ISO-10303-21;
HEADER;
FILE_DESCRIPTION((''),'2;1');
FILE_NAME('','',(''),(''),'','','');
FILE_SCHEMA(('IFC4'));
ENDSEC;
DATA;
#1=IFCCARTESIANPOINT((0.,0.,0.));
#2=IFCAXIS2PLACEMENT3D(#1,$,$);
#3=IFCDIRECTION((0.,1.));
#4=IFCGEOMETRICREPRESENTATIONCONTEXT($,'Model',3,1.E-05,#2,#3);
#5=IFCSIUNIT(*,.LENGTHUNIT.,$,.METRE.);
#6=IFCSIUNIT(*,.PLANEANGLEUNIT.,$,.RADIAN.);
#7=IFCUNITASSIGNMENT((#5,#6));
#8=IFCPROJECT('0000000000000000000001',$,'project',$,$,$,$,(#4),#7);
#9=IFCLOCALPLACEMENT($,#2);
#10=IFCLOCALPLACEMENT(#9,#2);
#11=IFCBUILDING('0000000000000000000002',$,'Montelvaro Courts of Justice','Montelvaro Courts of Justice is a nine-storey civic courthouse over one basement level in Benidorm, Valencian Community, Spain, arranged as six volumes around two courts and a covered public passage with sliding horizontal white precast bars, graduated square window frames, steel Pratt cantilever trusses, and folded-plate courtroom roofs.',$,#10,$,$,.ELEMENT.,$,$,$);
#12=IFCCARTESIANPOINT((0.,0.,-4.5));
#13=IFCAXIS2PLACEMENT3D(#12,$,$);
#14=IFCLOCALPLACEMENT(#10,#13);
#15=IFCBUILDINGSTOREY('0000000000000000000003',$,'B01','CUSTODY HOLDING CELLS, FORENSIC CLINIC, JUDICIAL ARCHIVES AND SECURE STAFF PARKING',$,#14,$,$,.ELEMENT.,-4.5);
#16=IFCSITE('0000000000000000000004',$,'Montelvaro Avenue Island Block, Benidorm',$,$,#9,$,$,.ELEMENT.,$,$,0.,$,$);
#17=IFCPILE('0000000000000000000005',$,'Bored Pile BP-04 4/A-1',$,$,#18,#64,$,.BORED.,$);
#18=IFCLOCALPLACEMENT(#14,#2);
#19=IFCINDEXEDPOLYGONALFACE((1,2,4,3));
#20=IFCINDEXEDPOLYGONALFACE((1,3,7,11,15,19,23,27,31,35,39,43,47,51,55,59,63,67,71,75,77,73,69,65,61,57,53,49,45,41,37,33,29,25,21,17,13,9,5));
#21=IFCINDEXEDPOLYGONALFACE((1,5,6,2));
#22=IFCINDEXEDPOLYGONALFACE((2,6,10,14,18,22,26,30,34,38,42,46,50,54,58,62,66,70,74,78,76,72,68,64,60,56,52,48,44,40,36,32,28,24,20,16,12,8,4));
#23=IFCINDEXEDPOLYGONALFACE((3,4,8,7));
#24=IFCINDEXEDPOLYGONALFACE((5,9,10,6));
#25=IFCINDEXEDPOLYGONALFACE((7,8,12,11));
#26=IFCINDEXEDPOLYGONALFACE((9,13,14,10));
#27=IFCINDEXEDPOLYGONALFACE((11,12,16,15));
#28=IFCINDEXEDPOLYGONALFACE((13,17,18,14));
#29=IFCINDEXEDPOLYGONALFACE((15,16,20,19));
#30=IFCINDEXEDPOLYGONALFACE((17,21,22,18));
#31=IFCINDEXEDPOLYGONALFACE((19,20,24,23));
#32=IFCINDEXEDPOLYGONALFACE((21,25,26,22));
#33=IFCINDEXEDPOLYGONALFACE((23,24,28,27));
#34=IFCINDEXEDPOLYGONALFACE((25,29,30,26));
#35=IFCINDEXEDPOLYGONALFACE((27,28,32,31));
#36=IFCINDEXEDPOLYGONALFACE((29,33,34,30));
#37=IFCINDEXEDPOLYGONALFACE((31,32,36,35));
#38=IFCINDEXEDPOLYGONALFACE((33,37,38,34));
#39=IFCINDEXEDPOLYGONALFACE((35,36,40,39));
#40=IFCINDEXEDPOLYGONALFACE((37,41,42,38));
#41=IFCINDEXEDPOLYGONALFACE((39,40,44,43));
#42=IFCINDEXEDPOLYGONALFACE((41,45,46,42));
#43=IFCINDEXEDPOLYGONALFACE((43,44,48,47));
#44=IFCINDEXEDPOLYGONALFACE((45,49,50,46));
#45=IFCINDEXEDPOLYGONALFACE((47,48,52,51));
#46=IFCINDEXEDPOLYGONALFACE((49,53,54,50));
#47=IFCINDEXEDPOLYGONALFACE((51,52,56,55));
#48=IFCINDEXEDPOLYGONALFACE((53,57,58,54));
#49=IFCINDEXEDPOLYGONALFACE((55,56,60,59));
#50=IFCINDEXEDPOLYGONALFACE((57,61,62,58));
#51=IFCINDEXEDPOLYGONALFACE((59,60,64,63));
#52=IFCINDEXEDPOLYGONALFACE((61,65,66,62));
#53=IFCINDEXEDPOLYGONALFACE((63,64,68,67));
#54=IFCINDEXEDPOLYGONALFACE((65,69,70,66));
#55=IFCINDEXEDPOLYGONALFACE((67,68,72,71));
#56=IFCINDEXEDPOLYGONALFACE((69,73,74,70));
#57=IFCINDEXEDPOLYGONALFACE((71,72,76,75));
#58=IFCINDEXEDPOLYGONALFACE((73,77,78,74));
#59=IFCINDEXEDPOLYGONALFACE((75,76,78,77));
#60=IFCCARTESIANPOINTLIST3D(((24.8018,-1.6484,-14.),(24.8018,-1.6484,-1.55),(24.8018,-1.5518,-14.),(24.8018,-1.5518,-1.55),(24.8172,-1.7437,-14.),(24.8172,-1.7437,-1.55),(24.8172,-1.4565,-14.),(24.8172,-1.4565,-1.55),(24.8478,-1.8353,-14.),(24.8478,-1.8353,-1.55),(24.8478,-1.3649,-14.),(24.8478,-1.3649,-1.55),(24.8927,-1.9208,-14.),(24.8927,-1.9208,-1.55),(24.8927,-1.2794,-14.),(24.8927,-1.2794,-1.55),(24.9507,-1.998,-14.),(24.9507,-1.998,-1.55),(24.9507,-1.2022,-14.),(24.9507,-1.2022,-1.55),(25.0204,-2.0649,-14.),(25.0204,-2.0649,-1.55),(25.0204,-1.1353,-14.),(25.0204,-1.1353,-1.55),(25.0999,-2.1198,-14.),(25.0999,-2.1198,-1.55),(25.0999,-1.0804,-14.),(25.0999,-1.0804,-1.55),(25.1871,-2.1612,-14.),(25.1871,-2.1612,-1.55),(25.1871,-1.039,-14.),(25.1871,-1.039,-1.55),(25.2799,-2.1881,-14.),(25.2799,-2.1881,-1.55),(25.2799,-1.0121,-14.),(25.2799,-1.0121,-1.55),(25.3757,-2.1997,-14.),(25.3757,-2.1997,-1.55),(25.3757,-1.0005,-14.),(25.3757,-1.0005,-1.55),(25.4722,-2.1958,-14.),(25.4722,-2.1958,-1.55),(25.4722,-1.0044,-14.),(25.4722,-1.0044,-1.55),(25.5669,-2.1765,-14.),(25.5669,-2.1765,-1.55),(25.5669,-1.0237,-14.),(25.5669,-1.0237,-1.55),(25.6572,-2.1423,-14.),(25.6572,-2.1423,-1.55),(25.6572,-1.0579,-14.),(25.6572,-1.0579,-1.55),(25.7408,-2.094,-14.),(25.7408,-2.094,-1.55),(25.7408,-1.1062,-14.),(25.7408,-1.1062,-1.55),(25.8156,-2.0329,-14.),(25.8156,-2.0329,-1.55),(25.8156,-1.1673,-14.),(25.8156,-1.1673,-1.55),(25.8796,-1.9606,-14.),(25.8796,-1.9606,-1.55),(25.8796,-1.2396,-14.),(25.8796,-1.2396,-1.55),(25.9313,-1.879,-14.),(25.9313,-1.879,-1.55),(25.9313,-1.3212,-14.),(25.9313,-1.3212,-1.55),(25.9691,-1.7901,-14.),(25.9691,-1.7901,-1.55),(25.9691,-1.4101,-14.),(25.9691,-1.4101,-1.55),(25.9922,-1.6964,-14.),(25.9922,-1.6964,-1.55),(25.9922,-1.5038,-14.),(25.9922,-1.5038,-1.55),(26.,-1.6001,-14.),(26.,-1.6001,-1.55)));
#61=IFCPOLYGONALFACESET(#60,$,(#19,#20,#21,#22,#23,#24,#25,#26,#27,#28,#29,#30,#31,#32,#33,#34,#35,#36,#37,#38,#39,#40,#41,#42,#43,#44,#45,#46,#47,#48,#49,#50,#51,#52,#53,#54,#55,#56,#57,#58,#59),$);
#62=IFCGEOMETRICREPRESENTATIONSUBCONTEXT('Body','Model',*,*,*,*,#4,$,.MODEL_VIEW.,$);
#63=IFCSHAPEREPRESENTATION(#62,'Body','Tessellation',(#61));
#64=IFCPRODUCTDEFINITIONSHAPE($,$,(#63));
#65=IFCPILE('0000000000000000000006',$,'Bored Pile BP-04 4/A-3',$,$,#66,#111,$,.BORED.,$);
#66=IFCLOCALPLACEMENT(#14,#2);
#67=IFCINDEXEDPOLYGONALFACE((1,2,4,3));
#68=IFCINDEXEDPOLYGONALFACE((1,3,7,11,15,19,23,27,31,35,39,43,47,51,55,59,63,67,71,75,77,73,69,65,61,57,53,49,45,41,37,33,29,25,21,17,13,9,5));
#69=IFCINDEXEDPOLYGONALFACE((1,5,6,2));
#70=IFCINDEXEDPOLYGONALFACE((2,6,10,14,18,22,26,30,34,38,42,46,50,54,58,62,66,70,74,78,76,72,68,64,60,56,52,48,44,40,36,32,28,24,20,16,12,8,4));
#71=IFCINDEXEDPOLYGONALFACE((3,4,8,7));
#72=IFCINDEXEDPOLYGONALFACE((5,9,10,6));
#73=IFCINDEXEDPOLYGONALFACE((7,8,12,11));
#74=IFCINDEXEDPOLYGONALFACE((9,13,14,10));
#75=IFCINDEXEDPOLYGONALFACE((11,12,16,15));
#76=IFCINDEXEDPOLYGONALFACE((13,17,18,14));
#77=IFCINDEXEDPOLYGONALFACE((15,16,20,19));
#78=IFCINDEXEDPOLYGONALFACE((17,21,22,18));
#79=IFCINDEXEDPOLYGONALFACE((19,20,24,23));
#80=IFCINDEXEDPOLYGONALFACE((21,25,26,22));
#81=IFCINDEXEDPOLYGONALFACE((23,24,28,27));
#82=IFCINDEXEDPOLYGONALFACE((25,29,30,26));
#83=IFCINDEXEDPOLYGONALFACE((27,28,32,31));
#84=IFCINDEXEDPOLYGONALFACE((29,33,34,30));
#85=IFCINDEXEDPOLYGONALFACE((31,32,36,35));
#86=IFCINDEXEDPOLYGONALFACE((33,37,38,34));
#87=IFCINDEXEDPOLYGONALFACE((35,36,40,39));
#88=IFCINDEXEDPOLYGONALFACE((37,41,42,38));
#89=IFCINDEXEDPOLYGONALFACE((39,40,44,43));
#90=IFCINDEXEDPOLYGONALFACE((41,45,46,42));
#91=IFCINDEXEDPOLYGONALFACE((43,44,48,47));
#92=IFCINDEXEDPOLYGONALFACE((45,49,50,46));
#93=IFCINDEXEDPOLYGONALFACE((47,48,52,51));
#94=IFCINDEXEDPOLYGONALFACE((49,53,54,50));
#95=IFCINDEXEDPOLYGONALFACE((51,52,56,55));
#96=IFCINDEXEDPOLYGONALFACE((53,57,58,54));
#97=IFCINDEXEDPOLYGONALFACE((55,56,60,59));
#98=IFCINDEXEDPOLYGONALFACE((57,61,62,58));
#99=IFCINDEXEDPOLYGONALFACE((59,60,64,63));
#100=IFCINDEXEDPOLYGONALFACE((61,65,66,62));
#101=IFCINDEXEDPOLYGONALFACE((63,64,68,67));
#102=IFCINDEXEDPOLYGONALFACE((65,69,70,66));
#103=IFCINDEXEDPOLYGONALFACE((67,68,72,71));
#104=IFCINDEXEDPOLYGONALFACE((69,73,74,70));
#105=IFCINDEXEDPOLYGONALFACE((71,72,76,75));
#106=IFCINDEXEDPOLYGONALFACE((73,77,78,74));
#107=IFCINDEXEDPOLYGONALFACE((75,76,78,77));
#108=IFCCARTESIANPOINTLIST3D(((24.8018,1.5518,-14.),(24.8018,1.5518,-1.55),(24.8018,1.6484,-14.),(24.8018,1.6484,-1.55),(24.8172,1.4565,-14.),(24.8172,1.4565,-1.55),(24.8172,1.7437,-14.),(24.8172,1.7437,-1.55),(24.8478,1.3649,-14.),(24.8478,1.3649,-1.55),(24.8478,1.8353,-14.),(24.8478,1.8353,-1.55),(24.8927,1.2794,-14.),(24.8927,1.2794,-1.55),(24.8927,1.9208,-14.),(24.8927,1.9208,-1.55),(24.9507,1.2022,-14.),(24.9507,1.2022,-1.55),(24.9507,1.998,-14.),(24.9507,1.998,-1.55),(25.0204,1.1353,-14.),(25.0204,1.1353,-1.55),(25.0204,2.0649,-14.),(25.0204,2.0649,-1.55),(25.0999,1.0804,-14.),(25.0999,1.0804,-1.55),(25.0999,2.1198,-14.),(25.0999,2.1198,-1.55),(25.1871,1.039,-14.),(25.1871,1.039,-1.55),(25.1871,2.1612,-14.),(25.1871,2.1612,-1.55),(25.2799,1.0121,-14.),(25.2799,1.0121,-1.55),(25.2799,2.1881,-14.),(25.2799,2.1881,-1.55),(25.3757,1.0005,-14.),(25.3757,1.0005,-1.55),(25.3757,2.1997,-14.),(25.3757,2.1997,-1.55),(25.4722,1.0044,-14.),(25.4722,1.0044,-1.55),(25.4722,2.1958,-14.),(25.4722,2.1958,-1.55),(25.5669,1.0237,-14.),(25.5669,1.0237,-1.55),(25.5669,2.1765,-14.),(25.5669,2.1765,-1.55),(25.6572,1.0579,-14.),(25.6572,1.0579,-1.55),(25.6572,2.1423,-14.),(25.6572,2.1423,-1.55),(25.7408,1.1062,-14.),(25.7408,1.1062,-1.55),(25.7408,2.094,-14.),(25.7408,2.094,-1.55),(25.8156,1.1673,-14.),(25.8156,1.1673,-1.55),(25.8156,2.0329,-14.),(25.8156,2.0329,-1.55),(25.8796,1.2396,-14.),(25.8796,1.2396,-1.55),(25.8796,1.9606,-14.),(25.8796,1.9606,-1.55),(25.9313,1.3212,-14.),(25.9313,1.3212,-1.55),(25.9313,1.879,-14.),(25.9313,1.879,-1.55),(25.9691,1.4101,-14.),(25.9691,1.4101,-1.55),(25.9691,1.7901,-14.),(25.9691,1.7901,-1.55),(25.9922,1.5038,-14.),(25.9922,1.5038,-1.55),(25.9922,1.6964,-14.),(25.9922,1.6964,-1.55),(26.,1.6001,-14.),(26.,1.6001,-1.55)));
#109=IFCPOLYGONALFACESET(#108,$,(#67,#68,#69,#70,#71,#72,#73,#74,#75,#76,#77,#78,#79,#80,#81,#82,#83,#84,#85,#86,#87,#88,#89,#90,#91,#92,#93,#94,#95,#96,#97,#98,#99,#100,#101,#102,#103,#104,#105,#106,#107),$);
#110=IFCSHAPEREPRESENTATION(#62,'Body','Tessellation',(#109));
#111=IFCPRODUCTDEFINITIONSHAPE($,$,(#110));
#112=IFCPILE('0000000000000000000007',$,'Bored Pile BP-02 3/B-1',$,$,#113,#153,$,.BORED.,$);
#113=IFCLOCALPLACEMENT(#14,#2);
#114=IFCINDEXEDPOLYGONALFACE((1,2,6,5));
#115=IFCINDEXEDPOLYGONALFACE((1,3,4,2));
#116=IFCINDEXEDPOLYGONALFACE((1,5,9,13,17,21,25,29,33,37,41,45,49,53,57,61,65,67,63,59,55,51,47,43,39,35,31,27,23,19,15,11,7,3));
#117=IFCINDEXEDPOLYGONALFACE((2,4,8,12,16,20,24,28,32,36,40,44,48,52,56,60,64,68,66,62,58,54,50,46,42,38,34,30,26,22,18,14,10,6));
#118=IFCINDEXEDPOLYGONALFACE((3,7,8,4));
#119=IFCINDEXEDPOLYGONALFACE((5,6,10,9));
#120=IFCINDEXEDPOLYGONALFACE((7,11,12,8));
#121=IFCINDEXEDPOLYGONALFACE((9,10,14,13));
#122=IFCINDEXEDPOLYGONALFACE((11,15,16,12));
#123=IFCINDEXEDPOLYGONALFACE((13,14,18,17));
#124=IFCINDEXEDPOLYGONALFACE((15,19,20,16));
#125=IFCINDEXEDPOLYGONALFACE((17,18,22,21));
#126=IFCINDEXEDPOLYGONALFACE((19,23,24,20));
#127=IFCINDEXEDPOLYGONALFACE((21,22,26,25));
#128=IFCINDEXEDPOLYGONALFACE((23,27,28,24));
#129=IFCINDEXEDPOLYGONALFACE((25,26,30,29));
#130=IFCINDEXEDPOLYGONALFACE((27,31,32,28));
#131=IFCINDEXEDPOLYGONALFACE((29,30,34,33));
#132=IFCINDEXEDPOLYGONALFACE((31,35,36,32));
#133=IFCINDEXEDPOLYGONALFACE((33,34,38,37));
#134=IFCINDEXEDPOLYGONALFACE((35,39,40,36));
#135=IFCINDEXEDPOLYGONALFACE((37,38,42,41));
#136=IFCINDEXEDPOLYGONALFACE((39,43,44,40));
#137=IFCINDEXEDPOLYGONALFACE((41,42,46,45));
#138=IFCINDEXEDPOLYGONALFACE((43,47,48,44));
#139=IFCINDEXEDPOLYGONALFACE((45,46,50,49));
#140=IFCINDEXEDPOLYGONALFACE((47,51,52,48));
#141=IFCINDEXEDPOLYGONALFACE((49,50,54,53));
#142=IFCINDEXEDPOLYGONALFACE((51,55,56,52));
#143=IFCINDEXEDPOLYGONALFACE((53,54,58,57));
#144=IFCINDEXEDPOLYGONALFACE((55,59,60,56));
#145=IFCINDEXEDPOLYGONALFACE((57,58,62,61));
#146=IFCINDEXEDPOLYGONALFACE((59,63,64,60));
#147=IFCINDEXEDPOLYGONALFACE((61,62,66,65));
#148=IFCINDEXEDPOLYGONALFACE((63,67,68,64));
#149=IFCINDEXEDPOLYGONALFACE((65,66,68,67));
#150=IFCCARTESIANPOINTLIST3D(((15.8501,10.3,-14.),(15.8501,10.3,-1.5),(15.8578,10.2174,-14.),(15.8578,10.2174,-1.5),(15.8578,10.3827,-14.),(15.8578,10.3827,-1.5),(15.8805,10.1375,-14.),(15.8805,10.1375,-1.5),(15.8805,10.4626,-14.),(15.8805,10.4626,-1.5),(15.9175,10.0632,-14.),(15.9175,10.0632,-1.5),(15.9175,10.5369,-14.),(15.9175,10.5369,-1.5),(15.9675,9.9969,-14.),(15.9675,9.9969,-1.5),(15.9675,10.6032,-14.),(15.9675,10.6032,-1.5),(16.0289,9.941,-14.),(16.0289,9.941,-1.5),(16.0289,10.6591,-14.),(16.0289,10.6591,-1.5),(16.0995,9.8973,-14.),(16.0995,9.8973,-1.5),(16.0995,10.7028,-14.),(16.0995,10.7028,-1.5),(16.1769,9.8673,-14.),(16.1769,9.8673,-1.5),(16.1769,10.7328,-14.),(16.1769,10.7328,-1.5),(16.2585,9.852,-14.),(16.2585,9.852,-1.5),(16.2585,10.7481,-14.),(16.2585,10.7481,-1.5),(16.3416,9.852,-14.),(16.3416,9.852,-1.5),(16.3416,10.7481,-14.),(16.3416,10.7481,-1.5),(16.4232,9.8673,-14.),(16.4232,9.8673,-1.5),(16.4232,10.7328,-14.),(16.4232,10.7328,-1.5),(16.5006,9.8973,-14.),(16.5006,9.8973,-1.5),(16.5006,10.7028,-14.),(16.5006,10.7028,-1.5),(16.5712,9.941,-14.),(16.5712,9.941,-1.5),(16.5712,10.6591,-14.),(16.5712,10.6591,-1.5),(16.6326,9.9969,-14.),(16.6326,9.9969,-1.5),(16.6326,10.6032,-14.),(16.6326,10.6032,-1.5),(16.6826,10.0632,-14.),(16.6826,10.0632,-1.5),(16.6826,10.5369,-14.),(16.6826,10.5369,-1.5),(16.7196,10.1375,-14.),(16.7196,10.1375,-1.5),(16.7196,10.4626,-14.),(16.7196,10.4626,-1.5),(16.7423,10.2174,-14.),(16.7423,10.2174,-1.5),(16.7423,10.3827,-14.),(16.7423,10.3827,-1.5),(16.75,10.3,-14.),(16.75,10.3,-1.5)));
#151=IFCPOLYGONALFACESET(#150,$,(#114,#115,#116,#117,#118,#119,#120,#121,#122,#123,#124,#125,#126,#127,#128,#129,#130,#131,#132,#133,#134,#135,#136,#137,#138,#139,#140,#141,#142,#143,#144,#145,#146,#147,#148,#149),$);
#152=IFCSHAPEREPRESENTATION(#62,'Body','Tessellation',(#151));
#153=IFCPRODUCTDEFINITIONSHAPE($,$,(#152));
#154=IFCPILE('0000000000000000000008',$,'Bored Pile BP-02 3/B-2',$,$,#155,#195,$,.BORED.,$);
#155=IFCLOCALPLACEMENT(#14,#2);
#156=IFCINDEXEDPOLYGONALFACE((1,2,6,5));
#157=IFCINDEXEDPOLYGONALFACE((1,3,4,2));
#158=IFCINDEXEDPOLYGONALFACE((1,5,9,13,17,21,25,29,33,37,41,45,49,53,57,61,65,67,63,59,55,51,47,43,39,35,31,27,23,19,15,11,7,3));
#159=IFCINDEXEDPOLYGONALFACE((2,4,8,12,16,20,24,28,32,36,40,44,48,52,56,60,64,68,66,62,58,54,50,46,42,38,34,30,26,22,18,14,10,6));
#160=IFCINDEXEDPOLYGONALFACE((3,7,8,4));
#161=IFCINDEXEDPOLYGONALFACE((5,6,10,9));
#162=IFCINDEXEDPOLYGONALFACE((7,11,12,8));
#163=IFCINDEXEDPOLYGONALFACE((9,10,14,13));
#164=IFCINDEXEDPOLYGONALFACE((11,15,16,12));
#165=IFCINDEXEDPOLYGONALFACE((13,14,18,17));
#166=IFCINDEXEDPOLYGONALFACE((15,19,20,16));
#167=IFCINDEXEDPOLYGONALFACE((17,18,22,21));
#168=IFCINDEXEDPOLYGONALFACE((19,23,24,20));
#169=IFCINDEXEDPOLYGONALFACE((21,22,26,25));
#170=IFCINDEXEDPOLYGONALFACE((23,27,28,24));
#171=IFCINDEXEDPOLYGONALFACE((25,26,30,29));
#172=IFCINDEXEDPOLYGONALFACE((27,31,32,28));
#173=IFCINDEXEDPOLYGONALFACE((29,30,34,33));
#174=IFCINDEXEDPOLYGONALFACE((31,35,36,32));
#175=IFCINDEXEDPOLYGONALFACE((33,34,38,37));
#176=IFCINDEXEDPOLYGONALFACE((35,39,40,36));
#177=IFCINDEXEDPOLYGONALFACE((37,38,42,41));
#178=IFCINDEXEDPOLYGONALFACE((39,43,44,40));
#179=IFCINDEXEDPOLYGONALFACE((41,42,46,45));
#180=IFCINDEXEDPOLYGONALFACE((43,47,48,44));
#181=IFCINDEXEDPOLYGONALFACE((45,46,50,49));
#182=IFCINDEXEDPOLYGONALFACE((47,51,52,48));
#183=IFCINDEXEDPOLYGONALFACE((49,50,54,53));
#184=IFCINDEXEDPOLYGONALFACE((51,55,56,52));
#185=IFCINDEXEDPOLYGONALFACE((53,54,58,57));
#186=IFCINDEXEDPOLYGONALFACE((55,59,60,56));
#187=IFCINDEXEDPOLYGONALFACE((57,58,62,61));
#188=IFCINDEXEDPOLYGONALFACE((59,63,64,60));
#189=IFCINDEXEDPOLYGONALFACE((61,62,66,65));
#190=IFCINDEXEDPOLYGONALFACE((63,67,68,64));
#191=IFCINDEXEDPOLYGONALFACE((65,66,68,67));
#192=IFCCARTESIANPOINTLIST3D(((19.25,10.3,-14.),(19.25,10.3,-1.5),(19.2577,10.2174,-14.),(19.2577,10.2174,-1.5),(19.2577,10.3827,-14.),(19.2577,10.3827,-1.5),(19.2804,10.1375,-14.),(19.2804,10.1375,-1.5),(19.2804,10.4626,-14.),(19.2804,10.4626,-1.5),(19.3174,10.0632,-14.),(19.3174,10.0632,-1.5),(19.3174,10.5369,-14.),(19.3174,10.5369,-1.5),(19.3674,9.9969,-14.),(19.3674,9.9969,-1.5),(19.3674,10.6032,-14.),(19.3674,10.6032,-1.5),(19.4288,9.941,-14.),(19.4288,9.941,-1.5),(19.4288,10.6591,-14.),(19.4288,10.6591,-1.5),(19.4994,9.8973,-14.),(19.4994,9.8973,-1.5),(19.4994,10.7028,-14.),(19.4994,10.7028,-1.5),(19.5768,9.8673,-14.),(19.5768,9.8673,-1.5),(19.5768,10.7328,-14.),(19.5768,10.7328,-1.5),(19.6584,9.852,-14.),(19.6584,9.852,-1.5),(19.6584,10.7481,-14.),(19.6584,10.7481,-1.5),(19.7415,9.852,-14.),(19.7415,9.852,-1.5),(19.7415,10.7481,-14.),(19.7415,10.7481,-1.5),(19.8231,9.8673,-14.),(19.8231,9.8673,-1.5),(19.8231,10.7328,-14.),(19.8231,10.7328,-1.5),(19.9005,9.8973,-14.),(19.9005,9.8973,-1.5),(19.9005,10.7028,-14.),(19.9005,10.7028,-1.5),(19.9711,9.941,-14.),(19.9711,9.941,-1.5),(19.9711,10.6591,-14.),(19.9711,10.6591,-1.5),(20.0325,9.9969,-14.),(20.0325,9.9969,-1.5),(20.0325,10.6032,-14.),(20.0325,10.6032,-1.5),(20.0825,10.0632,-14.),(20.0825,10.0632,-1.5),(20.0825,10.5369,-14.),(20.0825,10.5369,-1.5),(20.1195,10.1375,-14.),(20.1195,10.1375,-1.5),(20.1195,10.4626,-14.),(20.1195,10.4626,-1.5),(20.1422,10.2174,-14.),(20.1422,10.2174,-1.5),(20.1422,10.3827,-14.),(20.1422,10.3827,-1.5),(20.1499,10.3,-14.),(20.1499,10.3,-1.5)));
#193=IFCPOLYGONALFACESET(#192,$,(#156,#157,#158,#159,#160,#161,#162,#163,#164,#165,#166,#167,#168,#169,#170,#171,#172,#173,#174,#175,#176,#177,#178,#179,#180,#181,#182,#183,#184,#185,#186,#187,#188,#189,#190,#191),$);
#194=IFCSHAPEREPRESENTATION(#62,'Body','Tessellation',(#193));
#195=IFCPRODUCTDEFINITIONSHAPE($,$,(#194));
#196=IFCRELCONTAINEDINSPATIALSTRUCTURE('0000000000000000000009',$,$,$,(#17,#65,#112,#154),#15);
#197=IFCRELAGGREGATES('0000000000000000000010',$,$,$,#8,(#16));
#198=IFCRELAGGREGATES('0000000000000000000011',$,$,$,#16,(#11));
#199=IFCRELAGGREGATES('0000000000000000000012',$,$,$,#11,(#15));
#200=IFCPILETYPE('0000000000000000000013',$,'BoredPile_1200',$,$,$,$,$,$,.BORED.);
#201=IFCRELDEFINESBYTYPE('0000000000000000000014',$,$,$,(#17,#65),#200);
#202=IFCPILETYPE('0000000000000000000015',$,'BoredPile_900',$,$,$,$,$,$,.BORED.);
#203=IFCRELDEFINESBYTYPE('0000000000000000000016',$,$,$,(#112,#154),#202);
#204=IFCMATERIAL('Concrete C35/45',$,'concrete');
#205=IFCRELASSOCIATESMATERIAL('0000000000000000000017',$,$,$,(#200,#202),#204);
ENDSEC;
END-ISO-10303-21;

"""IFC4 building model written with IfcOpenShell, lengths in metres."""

from ifc_helpers import new_model, si_unit, direction, frame, origin, origin_2d, place, context, subcontext, project, spatial, circle, extrude, material, material_profile, profile_set, type_object, element, save


model = new_model("IFC4")

# Units and contexts
model_context = context("Model", 3, precision=1e-05, world=origin(), true_north=direction((0.0, 1.0)))
body_context = subcontext(model_context, "Body", "Model", "MODEL_VIEW")
ifc_project = project(units=[si_unit("LENGTHUNIT", "METRE"), si_unit("PLANEANGLEUNIT", "RADIAN")], contexts=[model_context])

# Site, building, storey
site_placement = place(None, origin())
site = spatial("IfcSite", under=ifc_project, at=site_placement, Name="Montelvaro Avenue Island Block, Benidorm", CompositionType="ELEMENT", RefElevation=0.0)
building_placement = place(site_placement, origin())
building = spatial("IfcBuilding", under=site, at=building_placement, Name="Montelvaro Courts of Justice", Description="Montelvaro Courts of Justice is a nine-storey civic courthouse over one basement level in Benidorm, Valencian Community, Spain, arranged as six volumes around two courts and a covered public passage with sliding horizontal white precast bars, graduated square window frames, steel Pratt cantilever trusses, and folded-plate courtroom roofs.", CompositionType="ELEMENT")
storey_placement = place(building_placement, frame((0.0, 0.0, -4.5)))
storey = spatial("IfcBuildingStorey", under=building, at=storey_placement, Name="B01", Description="CUSTODY HOLDING CELLS, FORENSIC CLINIC, JUDICIAL ARCHIVES AND SECURE STAFF PARKING", CompositionType="ELEMENT", Elevation=-4.5)

# Piles
ifc_material_1 = material(Name="Concrete C35/45", Category="concrete")
ifc_material_profile_1 = material_profile(ifc_material_1, circle(Radius=0.6001, at=origin_2d()), Name="BORED PILE D1200")
ifc_profile_set_1 = profile_set([ifc_material_profile_1], Name="Concrete C35/45")
pile_type_1 = type_object("IfcPileType", Name="BoredPile_1200", PredefinedType="BORED", material=ifc_profile_set_1)
for number, where, z_axis, x_axis, name in (
    (1, (25.3999, -1.6001, -1.55), (0.0, 0.0, -1.0), (1.0, 0.0, 0.0), "Bored Pile BP-04 4/A-1"),
    (2, (25.3999, 1.6001, -1.55), (0.0, 0.0, -1.0), (1.0, 0.0, 0.0), "Bored Pile BP-04 4/A-3"),
):
    element("IfcPile", number, at=place(storey_placement, frame(where, z_axis=z_axis, x_axis=x_axis)), inside=storey, type_object=pile_type_1, Name=name, PredefinedType="BORED", context=body_context, shape_type="SweptSolid", body=[
        extrude(circle(Radius=0.6001, at=origin_2d()), origin(), (0.0, 0.0, 1.0), 12.45),
    ])
ifc_material_profile_2 = material_profile(ifc_material_1, circle(Radius=0.45, at=origin_2d()), Name="BORED PILE D900")
ifc_profile_set_2 = profile_set([ifc_material_profile_2], Name="Concrete C35/45")
pile_type_2 = type_object("IfcPileType", Name="BoredPile_900", PredefinedType="BORED", material=ifc_profile_set_2)
for number, where, z_axis, x_axis, name in (
    (3, (16.3, 10.3, -1.5), (0.0, 0.0, -1.0), (1.0, 0.0, 0.0), "Bored Pile BP-02 3/B-1"),
    (4, (19.7, 10.3, -1.5), (0.0, 0.0, -1.0), (1.0, 0.0, 0.0), "Bored Pile BP-02 3/B-2"),
):
    element("IfcPile", number, at=place(storey_placement, frame(where, z_axis=z_axis, x_axis=x_axis)), inside=storey, type_object=pile_type_2, Name=name, PredefinedType="BORED", context=body_context, shape_type="SweptSolid", body=[
        extrude(circle(Radius=0.45, at=origin_2d()), origin(), (0.0, 0.0, 1.0), 12.5),
    ])

save(model, "model.ifc")
